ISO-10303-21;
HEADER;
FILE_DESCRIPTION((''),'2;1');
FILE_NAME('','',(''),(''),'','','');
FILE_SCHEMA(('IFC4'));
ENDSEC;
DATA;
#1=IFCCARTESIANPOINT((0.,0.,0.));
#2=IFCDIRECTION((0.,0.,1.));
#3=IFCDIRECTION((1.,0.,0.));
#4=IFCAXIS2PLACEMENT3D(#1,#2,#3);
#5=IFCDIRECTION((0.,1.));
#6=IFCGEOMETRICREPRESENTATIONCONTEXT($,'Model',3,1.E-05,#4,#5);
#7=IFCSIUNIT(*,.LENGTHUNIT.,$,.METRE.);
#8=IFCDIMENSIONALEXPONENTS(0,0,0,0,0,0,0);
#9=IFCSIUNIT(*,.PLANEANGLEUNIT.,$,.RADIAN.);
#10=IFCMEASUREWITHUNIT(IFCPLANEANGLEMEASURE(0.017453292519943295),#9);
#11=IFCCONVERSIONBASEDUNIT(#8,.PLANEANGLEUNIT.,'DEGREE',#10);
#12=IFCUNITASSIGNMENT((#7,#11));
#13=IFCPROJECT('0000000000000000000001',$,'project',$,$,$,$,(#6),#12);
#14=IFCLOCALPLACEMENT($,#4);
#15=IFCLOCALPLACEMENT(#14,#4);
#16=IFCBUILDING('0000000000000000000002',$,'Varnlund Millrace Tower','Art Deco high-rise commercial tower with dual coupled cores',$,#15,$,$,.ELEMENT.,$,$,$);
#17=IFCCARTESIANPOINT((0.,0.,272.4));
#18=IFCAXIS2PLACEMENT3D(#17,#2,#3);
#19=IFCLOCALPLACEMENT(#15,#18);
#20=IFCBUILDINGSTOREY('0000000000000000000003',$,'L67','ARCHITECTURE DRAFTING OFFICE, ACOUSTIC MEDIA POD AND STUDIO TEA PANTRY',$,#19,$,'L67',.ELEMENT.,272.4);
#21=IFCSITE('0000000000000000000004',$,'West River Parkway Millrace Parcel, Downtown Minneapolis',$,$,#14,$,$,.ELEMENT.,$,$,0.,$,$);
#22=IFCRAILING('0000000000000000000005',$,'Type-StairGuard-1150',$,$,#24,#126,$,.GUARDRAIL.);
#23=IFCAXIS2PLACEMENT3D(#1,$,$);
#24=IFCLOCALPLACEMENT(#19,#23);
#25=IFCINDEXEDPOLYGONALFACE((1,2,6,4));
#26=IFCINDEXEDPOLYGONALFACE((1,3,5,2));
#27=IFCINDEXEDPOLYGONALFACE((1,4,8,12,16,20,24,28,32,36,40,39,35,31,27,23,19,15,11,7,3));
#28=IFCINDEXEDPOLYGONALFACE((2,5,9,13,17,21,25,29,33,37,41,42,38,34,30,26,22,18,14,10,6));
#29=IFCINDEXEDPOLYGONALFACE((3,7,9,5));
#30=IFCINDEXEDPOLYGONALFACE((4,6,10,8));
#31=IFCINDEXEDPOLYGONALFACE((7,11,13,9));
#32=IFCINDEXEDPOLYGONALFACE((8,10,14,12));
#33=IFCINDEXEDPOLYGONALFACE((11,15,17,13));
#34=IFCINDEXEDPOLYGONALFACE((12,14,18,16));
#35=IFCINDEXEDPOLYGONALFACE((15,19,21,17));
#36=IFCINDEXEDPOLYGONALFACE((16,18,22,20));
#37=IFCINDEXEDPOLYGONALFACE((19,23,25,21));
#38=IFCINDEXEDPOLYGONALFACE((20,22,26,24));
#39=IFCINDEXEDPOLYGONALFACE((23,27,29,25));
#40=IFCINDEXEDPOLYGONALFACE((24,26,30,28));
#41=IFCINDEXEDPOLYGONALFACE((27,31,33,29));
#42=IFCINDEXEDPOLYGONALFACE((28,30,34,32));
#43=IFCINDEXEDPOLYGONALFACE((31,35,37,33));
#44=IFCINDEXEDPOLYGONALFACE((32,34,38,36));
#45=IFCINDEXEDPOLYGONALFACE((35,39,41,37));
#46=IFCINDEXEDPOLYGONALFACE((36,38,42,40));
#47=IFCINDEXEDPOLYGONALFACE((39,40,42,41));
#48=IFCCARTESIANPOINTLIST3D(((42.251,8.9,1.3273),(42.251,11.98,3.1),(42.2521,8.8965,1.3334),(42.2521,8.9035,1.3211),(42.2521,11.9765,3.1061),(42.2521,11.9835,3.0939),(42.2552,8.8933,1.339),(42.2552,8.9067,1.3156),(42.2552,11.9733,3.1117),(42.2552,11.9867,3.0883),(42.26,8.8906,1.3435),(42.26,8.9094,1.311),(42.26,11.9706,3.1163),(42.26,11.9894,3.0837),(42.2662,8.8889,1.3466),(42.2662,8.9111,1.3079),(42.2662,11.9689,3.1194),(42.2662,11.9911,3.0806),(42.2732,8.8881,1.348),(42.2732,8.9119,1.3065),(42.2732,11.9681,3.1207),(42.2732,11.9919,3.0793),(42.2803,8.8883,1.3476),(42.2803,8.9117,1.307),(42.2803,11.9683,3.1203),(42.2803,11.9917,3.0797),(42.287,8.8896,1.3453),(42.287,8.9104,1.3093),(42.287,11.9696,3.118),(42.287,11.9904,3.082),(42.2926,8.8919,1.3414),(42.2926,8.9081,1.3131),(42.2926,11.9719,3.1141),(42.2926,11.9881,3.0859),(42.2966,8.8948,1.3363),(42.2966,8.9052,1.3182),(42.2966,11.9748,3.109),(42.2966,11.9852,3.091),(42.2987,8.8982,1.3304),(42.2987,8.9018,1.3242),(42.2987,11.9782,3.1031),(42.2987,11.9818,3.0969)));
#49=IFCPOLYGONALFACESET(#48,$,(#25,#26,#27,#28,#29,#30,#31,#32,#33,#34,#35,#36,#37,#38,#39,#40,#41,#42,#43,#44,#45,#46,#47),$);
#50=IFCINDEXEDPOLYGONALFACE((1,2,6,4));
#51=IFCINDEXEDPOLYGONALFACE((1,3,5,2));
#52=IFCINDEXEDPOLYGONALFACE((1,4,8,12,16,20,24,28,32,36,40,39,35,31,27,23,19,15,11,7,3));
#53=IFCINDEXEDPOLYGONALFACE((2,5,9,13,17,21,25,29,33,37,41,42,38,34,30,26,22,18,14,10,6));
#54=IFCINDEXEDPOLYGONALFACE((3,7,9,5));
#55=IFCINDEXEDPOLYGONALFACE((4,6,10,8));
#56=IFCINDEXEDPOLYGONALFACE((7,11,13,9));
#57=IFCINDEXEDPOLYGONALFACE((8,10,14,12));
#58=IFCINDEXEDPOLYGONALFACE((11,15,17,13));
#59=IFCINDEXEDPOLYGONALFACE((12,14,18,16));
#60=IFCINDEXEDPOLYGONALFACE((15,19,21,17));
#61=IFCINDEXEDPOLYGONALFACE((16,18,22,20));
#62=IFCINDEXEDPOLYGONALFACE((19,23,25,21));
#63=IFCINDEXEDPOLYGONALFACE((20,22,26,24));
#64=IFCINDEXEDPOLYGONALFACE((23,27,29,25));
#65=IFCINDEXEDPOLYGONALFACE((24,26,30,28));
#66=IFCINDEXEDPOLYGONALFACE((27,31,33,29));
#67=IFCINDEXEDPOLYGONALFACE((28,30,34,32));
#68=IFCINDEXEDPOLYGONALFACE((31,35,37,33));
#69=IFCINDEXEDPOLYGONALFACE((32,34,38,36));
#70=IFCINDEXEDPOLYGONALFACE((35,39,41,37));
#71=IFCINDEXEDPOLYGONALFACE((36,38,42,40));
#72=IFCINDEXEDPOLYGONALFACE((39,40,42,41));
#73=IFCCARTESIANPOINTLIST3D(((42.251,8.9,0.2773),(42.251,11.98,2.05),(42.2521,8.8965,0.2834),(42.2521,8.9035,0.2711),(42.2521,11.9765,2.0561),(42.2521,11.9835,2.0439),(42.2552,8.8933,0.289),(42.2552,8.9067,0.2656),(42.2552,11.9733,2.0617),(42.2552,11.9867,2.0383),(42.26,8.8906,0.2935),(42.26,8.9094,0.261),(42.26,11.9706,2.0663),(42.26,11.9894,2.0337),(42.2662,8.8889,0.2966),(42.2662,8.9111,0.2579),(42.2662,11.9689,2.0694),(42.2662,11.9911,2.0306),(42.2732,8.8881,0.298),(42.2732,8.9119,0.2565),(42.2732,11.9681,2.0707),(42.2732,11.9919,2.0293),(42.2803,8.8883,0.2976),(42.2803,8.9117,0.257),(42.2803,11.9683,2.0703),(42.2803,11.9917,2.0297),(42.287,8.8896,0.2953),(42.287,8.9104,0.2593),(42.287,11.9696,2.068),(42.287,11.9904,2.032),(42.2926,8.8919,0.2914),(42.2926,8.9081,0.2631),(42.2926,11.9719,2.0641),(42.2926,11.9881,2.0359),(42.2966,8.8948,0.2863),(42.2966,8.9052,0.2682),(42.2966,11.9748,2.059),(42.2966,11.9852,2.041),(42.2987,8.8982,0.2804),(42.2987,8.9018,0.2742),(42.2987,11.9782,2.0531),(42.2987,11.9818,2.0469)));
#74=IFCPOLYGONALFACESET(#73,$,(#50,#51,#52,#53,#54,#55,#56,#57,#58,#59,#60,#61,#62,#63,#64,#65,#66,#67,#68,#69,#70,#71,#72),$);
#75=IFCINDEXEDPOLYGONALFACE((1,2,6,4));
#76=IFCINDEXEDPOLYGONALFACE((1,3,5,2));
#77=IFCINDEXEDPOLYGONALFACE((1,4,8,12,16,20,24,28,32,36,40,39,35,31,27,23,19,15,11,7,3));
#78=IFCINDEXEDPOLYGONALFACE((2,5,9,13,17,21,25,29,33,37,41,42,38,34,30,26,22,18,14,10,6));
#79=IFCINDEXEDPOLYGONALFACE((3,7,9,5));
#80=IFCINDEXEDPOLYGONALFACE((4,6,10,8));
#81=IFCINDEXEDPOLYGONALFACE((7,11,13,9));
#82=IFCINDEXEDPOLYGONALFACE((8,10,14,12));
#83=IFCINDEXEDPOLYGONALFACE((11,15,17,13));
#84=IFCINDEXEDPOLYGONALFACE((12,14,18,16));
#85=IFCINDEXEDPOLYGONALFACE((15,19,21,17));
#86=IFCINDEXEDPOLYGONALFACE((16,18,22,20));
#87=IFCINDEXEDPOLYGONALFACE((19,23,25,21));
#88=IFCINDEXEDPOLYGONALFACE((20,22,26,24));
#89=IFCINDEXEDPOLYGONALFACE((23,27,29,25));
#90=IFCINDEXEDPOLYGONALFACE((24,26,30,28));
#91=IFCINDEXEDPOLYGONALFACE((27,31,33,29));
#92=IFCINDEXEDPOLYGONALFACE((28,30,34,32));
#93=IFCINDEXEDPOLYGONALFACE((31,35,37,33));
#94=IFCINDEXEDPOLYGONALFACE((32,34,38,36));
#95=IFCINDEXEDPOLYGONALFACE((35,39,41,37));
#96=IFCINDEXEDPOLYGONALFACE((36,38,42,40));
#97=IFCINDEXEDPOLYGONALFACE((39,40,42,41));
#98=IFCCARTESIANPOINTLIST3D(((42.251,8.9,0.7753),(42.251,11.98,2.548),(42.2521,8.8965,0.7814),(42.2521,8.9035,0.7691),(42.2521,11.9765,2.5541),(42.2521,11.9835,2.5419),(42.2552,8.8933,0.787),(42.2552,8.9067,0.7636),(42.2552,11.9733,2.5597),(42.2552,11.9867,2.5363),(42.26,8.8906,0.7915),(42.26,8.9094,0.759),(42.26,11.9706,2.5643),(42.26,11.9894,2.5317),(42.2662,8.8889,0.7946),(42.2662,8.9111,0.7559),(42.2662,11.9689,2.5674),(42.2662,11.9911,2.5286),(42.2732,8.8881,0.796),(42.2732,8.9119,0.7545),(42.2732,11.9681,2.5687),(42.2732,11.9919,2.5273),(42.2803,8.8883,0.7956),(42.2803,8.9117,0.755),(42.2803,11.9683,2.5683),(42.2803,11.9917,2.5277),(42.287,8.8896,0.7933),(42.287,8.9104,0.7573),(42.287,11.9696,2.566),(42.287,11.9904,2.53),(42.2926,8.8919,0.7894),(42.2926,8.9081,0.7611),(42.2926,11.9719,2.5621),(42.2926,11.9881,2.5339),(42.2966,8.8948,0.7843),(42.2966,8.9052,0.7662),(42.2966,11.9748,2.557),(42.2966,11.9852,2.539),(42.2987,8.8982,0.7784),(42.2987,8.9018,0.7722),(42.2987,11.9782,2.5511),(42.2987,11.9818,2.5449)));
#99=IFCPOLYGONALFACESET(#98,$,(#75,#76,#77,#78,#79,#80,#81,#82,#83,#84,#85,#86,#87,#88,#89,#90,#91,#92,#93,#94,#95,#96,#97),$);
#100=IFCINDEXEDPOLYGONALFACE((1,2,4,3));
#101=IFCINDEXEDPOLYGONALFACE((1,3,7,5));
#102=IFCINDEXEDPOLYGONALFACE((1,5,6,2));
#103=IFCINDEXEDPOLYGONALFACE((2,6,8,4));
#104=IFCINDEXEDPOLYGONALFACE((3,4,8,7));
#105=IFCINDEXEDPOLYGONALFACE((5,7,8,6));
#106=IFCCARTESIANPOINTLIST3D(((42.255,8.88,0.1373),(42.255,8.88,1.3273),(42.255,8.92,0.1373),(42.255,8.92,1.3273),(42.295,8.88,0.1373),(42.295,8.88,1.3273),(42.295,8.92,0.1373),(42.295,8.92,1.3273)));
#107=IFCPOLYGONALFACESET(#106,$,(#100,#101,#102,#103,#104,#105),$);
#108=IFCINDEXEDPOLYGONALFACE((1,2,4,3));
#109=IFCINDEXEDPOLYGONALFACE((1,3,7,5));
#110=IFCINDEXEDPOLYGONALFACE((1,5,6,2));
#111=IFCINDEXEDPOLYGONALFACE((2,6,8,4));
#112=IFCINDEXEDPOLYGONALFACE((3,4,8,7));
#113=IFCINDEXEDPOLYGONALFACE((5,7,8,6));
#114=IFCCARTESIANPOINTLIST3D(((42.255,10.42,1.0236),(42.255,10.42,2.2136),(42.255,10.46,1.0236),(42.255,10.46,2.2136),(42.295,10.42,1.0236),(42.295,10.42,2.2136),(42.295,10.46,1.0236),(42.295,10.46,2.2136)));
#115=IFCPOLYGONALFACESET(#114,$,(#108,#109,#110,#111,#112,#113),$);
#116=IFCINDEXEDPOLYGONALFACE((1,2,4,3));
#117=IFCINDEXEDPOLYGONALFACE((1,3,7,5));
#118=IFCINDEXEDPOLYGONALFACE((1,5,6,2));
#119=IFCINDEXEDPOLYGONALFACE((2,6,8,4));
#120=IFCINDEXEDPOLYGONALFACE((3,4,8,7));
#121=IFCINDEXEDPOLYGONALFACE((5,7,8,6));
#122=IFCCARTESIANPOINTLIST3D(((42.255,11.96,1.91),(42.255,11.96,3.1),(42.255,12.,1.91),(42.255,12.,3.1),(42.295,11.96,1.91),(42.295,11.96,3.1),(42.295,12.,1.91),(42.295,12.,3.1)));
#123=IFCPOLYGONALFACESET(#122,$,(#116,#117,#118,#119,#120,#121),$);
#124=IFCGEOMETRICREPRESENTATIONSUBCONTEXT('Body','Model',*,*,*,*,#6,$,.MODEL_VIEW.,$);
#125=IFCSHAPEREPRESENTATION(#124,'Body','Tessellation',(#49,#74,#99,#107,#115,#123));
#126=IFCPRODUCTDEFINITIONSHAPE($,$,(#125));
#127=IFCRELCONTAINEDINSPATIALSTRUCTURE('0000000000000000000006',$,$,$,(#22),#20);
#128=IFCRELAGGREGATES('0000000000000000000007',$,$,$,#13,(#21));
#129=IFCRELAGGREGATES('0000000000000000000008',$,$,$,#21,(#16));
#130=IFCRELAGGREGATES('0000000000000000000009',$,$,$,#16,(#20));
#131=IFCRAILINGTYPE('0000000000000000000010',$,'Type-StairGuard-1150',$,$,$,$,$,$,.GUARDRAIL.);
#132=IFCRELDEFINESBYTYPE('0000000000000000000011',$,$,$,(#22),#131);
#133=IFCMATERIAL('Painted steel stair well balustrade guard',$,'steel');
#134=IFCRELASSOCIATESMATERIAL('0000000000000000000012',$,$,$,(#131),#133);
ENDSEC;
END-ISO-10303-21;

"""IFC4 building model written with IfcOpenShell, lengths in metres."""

from ifc_helpers import new_model, entity, si_unit, converted_unit, direction, frame, origin_with_axes, origin_2d_with_axis, place, context, subcontext, project, spatial, rectangle, circle, extrude, material, type_object, element, save


model = new_model("IFC4")

# Units and contexts
model_context = context("Model", 3, precision=1e-05, world=origin_with_axes(), true_north=direction((0.0, 1.0)))
body_context = subcontext(model_context, "Body", "Model", "MODEL_VIEW")
ifc_project = project(units=[si_unit("LENGTHUNIT", "METRE"), converted_unit("PLANEANGLEUNIT", "DEGREE", entity("IfcPlaneAngleMeasure", 0.017453292519943295), si_unit("PLANEANGLEUNIT", "RADIAN"), dimensions=[0, 0, 0, 0, 0, 0, 0])], contexts=[model_context])

# Site, building, storey
site_placement = place(None, origin_with_axes())
site = spatial("IfcSite", under=ifc_project, at=site_placement, Name="West River Parkway Millrace Parcel, Downtown Minneapolis", CompositionType="ELEMENT", RefElevation=0.0)
building_placement = place(site_placement, origin_with_axes())
building = spatial("IfcBuilding", under=site, at=building_placement, Name="Varnlund Millrace Tower", Description="Art Deco high-rise commercial tower with dual coupled cores", CompositionType="ELEMENT")
storey_placement = place(building_placement, frame((0.0, 0.0, 272.4), z_axis=(0.0, 0.0, 1.0), x_axis=(1.0, 0.0, 0.0)))
storey = spatial("IfcBuildingStorey", under=building, at=storey_placement, Name="L67", Description="ARCHITECTURE DRAFTING OFFICE, ACOUSTIC MEDIA POD AND STUDIO TEA PANTRY", LongName="L67", CompositionType="ELEMENT", Elevation=272.4)

# Railing
ifc_material_1 = material(Name="Painted steel stair well balustrade guard", Category="steel")
railing_type_1 = type_object("IfcRailingType", Name="Type-StairGuard-1150", PredefinedType="GUARDRAIL", material=ifc_material_1)
railing_1_placement = place(storey_placement, frame((0.0, 0.0, -272.4), z_axis=(0.0, 0.0, 1.0), x_axis=(1.0, 0.0, 0.0)))
element("IfcRailing", 1, at=railing_1_placement, inside=storey, type_object=railing_type_1, Name="Type-StairGuard-1150", PredefinedType="GUARDRAIL", context=body_context, shape_type="SweptSolid", body=[
    extrude(circle(Radius=0.024, at=origin_2d_with_axis()), frame((42.275, 8.9, 273.7273), z_axis=(0.0, 0.866696, 0.498836), x_axis=(-1.0, 0.0, 0.0)), (0.0, 0.0, 1.0), 3.5537),
    extrude(circle(Radius=0.024, at=origin_2d_with_axis()), frame((42.275, 8.9, 272.6773), z_axis=(0.0, 0.866696, 0.498836), x_axis=(-1.0, 0.0, 0.0)), (0.0, 0.0, 1.0), 3.5537),
    extrude(circle(Radius=0.024, at=origin_2d_with_axis()), frame((42.275, 8.9, 273.1753), z_axis=(0.0, 0.866696, 0.498836), x_axis=(-1.0, 0.0, 0.0)), (0.0, 0.0, 1.0), 3.5537),
    extrude(rectangle(XDim=0.04, YDim=0.04, at=origin_2d_with_axis()), frame((42.275, 8.9, 272.5373), z_axis=(0.0, 0.0, 1.0), x_axis=(1.0, 0.0, 0.0)), (0.0, 0.0, 1.0), 1.19),
    extrude(rectangle(XDim=0.04, YDim=0.04, at=origin_2d_with_axis()), frame((42.275, 10.44, 273.4236), z_axis=(0.0, 0.0, 1.0), x_axis=(1.0, 0.0, 0.0)), (0.0, 0.0, 1.0), 1.19),
    extrude(rectangle(XDim=0.04, YDim=0.04, at=origin_2d_with_axis()), frame((42.275, 11.98, 274.31), z_axis=(0.0, 0.0, 1.0), x_axis=(1.0, 0.0, 0.0)), (0.0, 0.0, 1.0), 1.19),
])

save(model, "model.ifc")
